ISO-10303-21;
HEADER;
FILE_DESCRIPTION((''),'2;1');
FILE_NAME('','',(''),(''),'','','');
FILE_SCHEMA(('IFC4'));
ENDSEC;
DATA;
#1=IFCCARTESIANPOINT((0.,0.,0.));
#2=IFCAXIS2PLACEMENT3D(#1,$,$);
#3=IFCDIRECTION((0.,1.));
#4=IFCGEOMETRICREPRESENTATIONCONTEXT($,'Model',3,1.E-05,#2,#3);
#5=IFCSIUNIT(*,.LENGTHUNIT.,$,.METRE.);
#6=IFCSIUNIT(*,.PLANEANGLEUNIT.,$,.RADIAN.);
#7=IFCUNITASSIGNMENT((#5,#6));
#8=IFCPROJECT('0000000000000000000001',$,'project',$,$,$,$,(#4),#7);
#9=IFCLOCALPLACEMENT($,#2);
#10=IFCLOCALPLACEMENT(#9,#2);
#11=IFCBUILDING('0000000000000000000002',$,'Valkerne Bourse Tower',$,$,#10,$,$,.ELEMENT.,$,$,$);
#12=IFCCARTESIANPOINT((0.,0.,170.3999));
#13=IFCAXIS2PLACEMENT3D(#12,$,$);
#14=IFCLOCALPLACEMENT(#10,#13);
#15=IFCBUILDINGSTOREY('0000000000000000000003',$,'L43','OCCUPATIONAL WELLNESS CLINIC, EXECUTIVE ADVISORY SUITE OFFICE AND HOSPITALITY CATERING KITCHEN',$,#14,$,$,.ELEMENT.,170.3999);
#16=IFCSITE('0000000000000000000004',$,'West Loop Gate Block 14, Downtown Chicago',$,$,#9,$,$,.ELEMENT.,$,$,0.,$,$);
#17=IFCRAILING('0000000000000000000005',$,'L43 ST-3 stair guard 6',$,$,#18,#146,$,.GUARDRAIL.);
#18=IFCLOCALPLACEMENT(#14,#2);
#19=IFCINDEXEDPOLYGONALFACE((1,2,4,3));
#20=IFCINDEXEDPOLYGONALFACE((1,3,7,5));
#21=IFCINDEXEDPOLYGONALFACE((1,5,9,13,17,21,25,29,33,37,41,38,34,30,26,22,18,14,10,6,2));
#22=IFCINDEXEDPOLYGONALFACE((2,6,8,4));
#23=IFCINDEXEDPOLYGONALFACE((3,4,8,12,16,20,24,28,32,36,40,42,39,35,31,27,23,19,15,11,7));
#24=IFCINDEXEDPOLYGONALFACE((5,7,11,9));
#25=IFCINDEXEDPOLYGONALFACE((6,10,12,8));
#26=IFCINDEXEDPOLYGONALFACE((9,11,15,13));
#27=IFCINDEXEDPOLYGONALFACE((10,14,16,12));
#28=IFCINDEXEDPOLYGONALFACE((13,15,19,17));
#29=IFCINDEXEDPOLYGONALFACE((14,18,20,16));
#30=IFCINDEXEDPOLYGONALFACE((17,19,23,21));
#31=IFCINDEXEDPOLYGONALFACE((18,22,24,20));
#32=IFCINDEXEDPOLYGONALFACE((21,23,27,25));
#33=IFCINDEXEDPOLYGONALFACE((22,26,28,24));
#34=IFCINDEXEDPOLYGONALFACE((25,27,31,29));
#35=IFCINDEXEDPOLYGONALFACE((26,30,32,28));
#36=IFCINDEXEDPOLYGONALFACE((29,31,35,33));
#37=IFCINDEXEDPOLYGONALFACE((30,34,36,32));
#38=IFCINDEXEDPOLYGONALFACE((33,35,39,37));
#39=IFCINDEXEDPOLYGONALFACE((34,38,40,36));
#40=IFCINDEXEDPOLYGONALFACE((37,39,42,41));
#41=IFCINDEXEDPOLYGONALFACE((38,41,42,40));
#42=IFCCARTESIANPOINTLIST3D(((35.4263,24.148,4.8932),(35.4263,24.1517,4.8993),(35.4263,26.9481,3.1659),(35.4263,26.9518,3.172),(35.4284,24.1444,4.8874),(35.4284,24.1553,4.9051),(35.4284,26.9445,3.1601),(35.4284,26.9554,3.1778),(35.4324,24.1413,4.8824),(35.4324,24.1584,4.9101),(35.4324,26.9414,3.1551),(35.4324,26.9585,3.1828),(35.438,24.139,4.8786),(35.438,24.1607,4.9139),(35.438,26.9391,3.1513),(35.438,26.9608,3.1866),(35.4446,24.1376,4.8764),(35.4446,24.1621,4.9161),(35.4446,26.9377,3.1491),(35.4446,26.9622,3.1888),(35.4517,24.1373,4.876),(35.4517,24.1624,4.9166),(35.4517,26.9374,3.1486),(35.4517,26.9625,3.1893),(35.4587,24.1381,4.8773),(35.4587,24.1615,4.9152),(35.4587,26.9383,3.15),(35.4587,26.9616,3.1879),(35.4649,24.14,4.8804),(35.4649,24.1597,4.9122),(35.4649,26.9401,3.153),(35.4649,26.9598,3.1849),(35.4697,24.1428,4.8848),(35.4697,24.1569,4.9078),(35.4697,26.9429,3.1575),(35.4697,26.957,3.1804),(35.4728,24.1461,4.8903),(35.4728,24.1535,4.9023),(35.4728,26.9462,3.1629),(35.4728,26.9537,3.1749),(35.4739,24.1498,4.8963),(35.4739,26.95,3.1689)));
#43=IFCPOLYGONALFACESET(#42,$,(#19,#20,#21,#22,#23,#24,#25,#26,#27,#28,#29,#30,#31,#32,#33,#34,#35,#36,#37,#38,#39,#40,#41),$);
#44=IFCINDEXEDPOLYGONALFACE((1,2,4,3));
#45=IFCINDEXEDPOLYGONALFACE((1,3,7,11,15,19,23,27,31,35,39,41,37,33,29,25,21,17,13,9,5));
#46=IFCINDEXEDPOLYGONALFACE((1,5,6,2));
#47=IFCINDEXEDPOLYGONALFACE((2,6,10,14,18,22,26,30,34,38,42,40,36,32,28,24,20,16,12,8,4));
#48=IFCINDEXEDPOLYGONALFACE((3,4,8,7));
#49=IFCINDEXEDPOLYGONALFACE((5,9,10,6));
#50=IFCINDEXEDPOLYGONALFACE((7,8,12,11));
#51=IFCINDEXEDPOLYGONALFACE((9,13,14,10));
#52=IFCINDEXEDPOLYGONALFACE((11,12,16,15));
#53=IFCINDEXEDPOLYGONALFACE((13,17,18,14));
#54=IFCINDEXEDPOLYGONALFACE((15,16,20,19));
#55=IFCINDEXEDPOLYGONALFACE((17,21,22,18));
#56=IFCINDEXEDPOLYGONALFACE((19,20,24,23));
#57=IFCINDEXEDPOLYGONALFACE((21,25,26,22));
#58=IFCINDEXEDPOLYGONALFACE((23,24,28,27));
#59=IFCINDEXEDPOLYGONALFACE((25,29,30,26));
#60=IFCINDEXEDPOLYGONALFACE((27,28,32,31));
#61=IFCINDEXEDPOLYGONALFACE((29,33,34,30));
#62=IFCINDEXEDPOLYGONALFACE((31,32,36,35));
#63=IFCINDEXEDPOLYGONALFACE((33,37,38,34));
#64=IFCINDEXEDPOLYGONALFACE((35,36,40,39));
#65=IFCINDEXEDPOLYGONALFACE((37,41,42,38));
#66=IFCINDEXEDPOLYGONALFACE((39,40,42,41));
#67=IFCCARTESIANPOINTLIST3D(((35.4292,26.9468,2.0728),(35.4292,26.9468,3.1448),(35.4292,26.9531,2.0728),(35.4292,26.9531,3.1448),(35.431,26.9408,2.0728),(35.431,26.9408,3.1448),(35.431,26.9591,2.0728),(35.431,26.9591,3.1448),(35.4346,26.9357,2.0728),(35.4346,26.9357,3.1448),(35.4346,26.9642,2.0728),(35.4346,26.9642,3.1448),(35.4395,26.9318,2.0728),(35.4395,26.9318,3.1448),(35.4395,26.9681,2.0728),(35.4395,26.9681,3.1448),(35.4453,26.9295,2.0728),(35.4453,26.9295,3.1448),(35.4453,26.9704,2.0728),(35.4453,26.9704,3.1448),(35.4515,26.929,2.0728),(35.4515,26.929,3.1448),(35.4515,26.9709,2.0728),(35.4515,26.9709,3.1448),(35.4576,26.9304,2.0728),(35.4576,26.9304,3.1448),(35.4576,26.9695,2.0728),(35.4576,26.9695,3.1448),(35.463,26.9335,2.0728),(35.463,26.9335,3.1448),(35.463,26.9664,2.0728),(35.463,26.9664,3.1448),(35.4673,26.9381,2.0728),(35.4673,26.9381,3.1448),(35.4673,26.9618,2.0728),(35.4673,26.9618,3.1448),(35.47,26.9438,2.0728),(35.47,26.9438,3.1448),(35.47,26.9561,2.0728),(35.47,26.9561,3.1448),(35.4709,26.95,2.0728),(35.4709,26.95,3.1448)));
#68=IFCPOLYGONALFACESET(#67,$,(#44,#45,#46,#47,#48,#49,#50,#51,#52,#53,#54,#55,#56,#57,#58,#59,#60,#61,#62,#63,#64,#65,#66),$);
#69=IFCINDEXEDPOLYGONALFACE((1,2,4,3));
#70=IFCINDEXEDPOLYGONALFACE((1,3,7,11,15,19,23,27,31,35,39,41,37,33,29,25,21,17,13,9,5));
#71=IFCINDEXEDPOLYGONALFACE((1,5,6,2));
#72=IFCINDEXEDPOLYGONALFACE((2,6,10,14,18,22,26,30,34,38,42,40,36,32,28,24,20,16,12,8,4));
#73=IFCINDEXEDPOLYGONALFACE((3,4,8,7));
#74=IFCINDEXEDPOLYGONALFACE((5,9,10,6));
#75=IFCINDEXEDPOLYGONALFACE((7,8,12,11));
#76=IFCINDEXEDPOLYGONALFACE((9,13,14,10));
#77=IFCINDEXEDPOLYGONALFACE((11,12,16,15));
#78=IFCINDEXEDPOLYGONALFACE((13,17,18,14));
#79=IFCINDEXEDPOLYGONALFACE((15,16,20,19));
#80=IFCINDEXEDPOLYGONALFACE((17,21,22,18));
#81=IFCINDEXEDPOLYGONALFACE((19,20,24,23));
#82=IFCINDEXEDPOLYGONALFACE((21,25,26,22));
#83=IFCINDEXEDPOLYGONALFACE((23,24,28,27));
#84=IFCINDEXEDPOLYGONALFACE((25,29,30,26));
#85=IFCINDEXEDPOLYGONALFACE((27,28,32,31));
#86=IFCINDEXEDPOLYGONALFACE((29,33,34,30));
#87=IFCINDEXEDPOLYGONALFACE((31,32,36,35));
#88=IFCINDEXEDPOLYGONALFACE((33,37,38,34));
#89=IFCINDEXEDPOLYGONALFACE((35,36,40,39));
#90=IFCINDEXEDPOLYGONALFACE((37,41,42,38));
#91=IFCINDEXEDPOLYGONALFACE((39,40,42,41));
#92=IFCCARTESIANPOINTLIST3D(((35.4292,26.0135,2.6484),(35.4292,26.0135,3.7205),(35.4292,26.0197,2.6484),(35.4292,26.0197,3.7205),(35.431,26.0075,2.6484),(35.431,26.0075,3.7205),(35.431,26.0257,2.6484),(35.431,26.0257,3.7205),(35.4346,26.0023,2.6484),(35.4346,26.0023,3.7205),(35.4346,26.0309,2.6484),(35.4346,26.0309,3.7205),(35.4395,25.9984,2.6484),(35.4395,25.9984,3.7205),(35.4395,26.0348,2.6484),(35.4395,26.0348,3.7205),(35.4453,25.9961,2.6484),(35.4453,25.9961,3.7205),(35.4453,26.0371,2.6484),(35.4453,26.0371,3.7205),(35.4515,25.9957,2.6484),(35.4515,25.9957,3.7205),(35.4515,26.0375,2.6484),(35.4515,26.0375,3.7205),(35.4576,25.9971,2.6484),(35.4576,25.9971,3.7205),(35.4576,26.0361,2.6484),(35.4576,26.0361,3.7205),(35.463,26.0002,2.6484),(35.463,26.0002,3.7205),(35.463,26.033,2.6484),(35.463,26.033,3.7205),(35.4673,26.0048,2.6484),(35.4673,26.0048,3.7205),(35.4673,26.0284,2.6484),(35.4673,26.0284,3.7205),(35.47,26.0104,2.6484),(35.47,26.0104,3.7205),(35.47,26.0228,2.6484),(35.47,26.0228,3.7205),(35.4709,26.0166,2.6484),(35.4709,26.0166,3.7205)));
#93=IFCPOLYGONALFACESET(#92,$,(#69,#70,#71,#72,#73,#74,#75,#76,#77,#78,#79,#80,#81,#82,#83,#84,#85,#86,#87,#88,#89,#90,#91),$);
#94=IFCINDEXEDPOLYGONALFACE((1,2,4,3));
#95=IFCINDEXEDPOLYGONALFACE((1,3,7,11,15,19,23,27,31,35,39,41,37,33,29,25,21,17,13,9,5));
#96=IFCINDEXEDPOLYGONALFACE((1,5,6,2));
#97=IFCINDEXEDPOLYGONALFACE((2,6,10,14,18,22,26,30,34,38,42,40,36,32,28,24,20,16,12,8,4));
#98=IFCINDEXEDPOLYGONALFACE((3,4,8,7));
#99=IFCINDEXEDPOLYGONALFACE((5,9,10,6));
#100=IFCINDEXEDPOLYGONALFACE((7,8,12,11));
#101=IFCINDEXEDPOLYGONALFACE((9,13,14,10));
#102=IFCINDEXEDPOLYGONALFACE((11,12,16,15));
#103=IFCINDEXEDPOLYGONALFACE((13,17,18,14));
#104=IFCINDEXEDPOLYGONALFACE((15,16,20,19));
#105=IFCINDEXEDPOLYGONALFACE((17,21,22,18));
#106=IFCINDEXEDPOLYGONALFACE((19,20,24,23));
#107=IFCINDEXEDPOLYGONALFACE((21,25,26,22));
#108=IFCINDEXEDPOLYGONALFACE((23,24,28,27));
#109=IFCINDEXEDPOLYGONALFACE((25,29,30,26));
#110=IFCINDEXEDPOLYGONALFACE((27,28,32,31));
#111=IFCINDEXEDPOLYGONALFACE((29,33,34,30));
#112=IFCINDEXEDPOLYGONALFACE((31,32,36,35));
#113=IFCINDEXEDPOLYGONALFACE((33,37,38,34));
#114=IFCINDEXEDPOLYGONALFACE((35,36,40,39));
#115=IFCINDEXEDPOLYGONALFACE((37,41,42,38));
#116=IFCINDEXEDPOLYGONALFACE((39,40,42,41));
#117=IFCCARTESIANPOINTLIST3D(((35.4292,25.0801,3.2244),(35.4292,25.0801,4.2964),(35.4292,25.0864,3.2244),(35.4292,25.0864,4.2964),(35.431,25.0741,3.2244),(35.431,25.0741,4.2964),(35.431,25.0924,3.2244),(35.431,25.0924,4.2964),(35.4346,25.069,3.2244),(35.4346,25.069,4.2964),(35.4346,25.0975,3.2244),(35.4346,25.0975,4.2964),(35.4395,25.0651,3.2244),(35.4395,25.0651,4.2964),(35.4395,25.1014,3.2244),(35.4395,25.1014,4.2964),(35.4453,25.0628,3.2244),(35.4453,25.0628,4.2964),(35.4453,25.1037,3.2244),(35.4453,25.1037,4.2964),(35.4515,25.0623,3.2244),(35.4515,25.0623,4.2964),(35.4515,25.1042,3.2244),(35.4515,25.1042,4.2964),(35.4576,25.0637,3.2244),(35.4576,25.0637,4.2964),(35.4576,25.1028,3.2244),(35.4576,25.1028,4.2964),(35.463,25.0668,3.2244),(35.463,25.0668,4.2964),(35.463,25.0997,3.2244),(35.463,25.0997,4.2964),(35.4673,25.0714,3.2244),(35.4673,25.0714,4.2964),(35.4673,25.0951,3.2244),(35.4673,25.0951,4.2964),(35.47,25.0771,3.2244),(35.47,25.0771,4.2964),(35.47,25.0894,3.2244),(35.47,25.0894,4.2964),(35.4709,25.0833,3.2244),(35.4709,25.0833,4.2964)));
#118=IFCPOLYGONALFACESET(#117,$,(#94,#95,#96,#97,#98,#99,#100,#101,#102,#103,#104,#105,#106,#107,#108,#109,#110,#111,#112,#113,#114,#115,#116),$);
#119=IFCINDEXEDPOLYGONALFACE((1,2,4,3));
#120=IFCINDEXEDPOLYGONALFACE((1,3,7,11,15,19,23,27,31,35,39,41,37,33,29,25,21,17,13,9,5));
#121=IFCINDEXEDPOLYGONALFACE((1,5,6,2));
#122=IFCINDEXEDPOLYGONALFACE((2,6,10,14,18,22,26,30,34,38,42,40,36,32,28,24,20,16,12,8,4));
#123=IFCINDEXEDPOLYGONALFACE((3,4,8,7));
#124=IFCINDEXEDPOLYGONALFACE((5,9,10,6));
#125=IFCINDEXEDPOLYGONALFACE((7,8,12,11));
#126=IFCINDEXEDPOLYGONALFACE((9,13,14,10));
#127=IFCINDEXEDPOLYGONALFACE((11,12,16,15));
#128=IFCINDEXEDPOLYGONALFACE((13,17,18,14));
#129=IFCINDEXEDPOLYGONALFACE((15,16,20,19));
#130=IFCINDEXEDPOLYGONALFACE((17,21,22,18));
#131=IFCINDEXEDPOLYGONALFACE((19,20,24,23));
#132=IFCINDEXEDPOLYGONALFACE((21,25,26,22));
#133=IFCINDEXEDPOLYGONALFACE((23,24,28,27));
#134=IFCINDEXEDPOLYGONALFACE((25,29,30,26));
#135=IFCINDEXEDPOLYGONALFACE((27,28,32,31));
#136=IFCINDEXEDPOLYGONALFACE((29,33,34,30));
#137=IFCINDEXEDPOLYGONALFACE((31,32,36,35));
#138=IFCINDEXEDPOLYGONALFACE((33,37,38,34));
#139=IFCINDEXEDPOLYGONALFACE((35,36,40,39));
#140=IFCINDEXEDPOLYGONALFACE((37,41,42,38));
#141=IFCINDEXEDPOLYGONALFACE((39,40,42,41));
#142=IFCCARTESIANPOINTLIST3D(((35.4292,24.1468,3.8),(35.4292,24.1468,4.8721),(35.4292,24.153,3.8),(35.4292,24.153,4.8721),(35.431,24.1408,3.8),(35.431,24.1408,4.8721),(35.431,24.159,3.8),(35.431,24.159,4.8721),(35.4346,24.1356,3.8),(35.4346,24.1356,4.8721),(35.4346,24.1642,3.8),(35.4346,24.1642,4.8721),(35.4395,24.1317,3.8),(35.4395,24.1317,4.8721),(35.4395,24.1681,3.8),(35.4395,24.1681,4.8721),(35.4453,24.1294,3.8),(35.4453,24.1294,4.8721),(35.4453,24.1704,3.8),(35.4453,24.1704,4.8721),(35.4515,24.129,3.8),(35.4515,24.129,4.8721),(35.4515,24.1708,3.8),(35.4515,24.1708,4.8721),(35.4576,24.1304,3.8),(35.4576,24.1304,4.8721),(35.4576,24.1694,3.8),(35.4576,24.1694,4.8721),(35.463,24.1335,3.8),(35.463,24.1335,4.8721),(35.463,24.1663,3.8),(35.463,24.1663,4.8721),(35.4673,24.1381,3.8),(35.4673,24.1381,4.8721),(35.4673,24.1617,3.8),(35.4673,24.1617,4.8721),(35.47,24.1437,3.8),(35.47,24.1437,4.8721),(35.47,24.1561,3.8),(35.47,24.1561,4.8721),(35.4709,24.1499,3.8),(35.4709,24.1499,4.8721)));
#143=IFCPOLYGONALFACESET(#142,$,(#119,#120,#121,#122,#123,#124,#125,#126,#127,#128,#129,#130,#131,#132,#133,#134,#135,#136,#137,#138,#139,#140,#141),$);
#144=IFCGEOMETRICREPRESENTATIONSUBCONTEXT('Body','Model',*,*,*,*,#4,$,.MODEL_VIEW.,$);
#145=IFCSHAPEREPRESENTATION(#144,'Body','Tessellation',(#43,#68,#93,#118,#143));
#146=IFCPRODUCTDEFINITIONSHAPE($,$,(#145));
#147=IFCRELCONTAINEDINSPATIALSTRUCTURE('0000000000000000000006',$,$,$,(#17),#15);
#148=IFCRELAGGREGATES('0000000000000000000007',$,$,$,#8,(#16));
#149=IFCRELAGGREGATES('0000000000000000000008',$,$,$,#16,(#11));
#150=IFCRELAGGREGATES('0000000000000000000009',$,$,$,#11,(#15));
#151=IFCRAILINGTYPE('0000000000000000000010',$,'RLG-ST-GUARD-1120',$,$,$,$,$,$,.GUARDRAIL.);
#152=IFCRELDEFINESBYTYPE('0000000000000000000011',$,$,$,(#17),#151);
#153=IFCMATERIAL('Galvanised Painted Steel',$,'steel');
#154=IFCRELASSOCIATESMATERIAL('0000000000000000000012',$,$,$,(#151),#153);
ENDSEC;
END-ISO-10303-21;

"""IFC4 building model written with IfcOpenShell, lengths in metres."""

from ifc_helpers import new_model, si_unit, direction, frame, origin, origin_2d, place, context, subcontext, project, spatial, circle, extrude, material, type_object, element, save


model = new_model("IFC4")

# Units and contexts
model_context = context("Model", 3, precision=1e-05, world=origin(), true_north=direction((0.0, 1.0)))
body_context = subcontext(model_context, "Body", "Model", "MODEL_VIEW")
ifc_project = project(units=[si_unit("LENGTHUNIT", "METRE"), si_unit("PLANEANGLEUNIT", "RADIAN")], contexts=[model_context])

# Site, building, storey
site_placement = place(None, origin())
site = spatial("IfcSite", under=ifc_project, at=site_placement, Name="West Loop Gate Block 14, Downtown Chicago", CompositionType="ELEMENT", RefElevation=0.0)
building_placement = place(site_placement, origin())
building = spatial("IfcBuilding", under=site, at=building_placement, Name="Valkerne Bourse Tower", CompositionType="ELEMENT")
storey_placement = place(building_placement, frame((0.0, 0.0, 170.3999)))
storey = spatial("IfcBuildingStorey", under=building, at=storey_placement, Name="L43", Description="OCCUPATIONAL WELLNESS CLINIC, EXECUTIVE ADVISORY SUITE OFFICE AND HOSPITALITY CATERING KITCHEN", CompositionType="ELEMENT", Elevation=170.3999)

# Railing
ifc_material_1 = material(Name="Galvanised Painted Steel", Category="steel")
railing_type_1 = type_object("IfcRailingType", Name="RLG-ST-GUARD-1120", PredefinedType="GUARDRAIL", material=ifc_material_1)
railing_1_placement = place(storey_placement, frame((35.45, 26.95, 2.0728)))
element("IfcRailing", 1, at=railing_1_placement, inside=storey, type_object=railing_type_1, Name="L43 ST-3 stair guard 6", PredefinedType="GUARDRAIL", context=body_context, shape_type="SweptSolid", body=[
    extrude(circle(Radius=0.0239, at=origin_2d()), frame((0.0, 0.0, 1.0962), z_axis=(0.0, -0.85109, 0.52502), x_axis=(1.0, 0.0, 0.0)), (0.0, 0.0, 1.0), 3.29),
    extrude(circle(Radius=0.021, at=origin_2d()), origin(), (0.0, 0.0, 1.0), 1.072),
    extrude(circle(Radius=0.021, at=origin_2d()), frame((0.0, -0.9333, 0.5757)), (0.0, 0.0, 1.0), 1.072),
    extrude(circle(Radius=0.021, at=origin_2d()), frame((0.0, -1.8667, 1.1516)), (0.0, 0.0, 1.0), 1.072),
    extrude(circle(Radius=0.021, at=origin_2d()), frame((0.0, -2.8, 1.7273)), (0.0, 0.0, 1.0), 1.072),
])

save(model, "model.ifc")
